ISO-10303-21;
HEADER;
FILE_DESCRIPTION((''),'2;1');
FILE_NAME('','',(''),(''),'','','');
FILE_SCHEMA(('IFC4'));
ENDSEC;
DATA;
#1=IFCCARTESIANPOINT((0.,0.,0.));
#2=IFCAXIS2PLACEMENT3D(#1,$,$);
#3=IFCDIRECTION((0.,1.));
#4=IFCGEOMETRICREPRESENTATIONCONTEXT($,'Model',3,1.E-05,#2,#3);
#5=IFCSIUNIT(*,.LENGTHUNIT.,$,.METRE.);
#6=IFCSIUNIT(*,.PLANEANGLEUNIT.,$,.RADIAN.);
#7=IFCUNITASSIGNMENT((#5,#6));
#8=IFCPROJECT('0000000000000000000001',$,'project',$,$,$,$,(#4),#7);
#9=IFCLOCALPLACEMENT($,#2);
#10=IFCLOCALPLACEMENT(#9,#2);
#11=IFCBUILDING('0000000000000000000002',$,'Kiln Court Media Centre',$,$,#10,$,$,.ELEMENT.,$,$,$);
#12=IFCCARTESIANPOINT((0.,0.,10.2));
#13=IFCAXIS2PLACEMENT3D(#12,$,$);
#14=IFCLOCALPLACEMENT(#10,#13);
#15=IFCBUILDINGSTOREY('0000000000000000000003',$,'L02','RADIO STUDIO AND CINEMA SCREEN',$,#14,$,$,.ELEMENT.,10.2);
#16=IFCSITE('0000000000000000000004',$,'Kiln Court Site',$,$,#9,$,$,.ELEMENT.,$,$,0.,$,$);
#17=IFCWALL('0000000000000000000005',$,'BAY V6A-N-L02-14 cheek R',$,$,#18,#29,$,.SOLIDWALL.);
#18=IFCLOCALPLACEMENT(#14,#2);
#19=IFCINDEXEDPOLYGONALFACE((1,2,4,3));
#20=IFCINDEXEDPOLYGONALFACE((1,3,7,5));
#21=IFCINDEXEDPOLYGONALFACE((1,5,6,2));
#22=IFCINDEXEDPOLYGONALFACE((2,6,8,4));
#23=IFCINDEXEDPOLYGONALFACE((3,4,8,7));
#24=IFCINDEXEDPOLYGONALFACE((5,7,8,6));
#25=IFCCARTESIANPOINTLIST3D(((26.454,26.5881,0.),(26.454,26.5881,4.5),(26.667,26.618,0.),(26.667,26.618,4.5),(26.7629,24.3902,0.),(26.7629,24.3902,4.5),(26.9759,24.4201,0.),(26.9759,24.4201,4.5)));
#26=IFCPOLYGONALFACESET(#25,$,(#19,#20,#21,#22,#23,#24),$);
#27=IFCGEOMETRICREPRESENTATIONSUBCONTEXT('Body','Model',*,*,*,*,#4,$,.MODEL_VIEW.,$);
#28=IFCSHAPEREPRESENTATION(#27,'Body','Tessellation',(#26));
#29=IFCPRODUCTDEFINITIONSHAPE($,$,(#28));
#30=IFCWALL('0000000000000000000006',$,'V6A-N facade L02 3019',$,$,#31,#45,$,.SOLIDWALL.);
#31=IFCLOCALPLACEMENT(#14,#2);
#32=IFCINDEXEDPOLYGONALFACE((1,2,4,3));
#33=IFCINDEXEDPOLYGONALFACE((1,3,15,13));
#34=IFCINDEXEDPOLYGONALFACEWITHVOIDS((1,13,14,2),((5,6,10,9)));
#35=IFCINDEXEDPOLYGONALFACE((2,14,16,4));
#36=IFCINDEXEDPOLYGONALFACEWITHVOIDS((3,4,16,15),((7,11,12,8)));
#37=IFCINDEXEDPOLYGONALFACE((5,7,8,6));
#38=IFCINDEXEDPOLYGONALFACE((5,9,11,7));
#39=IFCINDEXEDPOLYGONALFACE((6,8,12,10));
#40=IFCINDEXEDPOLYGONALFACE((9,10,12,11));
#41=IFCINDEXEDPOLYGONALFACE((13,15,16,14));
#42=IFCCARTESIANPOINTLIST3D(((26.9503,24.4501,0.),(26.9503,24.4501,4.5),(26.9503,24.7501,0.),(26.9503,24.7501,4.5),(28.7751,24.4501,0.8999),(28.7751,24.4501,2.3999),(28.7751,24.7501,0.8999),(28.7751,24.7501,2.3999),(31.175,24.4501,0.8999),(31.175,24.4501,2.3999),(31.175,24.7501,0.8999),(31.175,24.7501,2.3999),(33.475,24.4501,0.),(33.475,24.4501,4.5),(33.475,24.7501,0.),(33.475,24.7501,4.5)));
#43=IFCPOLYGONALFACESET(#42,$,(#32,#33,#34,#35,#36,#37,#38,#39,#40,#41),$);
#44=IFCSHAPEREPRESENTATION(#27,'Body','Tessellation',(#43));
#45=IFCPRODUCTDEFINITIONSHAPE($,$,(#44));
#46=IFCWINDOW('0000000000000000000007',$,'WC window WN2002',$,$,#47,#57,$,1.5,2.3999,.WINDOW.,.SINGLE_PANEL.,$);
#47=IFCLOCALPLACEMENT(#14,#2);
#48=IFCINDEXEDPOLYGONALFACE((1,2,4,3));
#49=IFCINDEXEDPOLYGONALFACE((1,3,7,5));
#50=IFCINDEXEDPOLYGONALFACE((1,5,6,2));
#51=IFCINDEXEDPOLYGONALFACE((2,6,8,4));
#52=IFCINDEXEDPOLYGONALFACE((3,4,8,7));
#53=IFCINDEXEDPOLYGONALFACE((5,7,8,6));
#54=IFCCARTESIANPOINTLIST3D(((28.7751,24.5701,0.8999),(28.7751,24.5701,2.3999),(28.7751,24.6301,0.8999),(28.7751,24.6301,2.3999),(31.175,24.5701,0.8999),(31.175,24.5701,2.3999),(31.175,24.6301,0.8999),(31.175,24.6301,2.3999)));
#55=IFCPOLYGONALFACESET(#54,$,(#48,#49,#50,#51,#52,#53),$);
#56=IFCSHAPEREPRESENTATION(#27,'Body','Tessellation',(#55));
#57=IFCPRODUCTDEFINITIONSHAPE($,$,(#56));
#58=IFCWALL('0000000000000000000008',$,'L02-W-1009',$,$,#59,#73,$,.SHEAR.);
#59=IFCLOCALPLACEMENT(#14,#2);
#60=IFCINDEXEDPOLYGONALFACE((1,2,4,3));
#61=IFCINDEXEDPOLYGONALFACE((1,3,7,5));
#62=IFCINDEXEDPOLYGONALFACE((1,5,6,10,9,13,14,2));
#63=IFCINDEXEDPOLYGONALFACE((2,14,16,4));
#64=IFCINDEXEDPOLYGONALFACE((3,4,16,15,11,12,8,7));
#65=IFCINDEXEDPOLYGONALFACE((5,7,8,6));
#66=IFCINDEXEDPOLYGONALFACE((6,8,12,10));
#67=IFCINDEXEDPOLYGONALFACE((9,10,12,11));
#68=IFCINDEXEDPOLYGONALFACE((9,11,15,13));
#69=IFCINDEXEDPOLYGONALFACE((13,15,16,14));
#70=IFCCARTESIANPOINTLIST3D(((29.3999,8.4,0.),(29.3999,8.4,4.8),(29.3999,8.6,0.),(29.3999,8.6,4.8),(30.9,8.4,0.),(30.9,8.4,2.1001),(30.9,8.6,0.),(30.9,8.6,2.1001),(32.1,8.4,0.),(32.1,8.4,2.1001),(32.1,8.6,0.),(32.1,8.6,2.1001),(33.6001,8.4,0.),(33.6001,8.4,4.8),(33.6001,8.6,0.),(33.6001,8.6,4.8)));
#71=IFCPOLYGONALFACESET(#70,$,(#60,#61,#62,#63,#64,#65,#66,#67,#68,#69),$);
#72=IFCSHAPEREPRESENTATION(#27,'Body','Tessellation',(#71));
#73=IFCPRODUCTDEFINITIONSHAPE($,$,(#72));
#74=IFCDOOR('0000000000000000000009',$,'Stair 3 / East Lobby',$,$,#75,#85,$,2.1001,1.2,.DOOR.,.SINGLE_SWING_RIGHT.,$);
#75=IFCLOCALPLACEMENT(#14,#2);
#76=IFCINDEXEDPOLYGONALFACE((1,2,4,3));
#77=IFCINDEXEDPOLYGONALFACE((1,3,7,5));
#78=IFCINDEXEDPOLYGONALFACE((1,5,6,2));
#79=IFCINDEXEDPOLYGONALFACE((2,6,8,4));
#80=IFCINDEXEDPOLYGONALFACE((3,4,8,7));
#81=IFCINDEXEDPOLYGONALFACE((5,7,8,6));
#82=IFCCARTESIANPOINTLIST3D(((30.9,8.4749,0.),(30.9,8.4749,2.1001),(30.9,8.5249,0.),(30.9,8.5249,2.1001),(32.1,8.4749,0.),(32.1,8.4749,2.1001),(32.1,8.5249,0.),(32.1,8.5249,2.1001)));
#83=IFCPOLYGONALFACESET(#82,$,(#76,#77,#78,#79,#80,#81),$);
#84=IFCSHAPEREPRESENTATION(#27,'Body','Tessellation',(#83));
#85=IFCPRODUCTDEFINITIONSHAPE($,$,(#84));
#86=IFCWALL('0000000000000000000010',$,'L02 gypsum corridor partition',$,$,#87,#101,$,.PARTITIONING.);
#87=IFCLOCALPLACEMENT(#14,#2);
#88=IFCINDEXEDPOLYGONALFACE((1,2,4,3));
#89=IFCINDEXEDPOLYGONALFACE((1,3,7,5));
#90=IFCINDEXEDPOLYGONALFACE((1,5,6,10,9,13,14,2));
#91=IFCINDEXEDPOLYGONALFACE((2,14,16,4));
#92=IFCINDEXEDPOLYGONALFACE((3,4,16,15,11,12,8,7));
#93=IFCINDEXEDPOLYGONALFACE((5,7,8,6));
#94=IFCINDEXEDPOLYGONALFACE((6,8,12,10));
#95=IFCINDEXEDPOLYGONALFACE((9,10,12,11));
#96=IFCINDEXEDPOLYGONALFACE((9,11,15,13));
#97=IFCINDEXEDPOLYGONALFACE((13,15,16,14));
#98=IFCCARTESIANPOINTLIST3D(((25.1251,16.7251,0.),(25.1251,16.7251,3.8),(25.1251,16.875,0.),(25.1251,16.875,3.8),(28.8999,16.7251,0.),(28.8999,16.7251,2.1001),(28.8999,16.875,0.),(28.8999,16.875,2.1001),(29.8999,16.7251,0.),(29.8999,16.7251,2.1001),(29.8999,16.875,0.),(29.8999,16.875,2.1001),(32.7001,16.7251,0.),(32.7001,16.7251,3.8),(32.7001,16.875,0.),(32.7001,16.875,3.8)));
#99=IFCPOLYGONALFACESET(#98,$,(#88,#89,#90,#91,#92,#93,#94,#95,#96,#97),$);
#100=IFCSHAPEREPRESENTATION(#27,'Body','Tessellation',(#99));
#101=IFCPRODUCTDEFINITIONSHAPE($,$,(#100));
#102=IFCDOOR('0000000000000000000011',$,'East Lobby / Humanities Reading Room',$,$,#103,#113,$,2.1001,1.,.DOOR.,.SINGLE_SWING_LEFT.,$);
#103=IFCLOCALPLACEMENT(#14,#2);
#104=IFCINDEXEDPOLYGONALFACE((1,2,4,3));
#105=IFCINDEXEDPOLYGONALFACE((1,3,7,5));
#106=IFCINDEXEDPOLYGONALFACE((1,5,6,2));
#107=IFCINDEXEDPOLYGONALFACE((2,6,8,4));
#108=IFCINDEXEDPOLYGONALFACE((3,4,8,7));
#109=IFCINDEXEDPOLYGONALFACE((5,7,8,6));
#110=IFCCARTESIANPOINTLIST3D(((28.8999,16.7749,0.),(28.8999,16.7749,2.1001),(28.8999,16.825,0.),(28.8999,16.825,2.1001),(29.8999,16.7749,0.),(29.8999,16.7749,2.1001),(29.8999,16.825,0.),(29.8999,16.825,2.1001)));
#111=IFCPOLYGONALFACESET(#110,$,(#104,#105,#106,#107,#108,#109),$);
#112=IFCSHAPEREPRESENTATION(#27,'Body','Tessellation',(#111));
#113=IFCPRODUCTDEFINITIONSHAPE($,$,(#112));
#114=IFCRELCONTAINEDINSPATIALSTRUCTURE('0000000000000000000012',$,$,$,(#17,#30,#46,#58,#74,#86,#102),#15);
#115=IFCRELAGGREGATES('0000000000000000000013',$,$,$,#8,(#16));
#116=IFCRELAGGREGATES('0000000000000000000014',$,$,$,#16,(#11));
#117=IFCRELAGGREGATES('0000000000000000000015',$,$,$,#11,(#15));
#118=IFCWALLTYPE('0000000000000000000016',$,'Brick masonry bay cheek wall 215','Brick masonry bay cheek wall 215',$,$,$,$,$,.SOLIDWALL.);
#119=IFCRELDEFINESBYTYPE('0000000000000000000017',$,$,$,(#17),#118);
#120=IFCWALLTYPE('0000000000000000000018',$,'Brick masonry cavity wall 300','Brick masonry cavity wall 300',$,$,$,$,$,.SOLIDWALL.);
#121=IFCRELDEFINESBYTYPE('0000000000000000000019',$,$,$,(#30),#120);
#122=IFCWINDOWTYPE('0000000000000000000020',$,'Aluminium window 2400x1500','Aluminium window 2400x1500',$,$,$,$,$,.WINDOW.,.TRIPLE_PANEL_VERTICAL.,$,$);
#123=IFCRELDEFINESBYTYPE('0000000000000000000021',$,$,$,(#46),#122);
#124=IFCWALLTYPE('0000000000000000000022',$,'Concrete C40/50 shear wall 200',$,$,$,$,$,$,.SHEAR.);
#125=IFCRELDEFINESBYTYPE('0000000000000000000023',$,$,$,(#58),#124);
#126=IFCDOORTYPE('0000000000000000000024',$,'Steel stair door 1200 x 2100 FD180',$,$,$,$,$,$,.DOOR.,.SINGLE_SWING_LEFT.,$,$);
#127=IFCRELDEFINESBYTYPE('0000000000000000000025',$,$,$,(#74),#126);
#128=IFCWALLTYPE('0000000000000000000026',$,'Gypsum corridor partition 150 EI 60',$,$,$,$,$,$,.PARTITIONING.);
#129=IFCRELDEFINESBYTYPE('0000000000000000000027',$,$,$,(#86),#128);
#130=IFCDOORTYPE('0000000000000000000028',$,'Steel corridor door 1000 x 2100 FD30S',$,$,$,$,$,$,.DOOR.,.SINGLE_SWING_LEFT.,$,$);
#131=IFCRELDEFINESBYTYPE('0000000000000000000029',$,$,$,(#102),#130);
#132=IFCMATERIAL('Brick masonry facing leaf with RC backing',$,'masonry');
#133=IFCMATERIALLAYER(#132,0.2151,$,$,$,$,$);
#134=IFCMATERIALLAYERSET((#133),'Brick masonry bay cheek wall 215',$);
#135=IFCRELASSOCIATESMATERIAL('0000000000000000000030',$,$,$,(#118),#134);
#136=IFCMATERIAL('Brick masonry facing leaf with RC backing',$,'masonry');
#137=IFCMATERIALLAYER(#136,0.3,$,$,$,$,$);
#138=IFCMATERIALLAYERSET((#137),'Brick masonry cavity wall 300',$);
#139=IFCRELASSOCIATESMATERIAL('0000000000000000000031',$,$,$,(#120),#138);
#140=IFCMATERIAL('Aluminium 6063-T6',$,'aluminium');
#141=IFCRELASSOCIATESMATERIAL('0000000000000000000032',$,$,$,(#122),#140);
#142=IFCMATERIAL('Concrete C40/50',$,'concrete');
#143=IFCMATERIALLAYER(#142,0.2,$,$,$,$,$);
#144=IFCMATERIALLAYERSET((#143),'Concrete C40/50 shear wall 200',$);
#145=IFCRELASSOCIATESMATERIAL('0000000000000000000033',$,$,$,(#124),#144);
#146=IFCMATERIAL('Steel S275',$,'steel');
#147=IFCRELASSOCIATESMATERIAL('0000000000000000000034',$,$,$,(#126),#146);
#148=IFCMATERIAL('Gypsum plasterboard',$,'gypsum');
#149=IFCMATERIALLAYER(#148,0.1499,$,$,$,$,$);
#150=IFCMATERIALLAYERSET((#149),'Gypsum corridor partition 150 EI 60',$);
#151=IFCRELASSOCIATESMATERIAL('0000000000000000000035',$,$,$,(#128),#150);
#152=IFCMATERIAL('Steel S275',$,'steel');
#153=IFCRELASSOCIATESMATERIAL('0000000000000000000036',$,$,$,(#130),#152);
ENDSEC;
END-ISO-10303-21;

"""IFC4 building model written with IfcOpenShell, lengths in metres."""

from ifc_helpers import new_model, si_unit, direction, frame, frame_2d, origin, place, context, subcontext, project, spatial, rectangle, extrude, material, layer, layer_set, type_object, element, fill, save


model = new_model("IFC4")

# Units and contexts
model_context = context("Model", 3, precision=1e-05, world=origin(), true_north=direction((0.0, 1.0)))
body_context = subcontext(model_context, "Body", "Model", "MODEL_VIEW")
ifc_project = project(units=[si_unit("LENGTHUNIT", "METRE"), si_unit("PLANEANGLEUNIT", "RADIAN")], contexts=[model_context])

# Site, building, storey
site_placement = place(None, origin())
site = spatial("IfcSite", under=ifc_project, at=site_placement, Name="Kiln Court Site", CompositionType="ELEMENT", RefElevation=0.0)
building_placement = place(site_placement, origin())
building = spatial("IfcBuilding", under=site, at=building_placement, Name="Kiln Court Media Centre", CompositionType="ELEMENT")
storey_placement = place(building_placement, frame((0.0, 0.0, 10.2)))
storey = spatial("IfcBuildingStorey", under=building, at=storey_placement, Name="L02", Description="RADIO STUDIO AND CINEMA SCREEN", CompositionType="ELEMENT", Elevation=10.2)

# Wall
ifc_material_1 = material(Name="Brick masonry facing leaf with RC backing", Category="masonry")
ifc_layer_1 = layer(ifc_material_1, 0.2151)
ifc_layer_set_1 = layer_set([ifc_layer_1], Name="Brick masonry bay cheek wall 215")
wall_type_1 = type_object("IfcWallType", Name="Brick masonry bay cheek wall 215", Description="Brick masonry bay cheek wall 215", PredefinedType="SOLIDWALL", material=ifc_layer_set_1)
wall_1_placement = place(storey_placement, frame((26.8694, 24.405, 0.0), z_axis=(0.0, 0.0, 1.0), x_axis=(-0.139142, 0.990272, 0.0)))
element("IfcWall", 1, at=wall_1_placement, inside=storey, type_object=wall_type_1, Name="BAY V6A-N-L02-14 cheek R", PredefinedType="SOLIDWALL", context=body_context, shape_type="SweptSolid", body=[
    extrude(rectangle(XDim=2.2195, YDim=0.2151, at=frame_2d((1.1099, 0.0))), origin(), (0.0, 0.0, 1.0), 4.5),
])

# Wall, opening, window
ifc_material_2 = material(Name="Brick masonry facing leaf with RC backing", Category="masonry")
ifc_layer_2 = layer(ifc_material_2, 0.3)
ifc_layer_set_2 = layer_set([ifc_layer_2], Name="Brick masonry cavity wall 300")
wall_type_2 = type_object("IfcWallType", Name="Brick masonry cavity wall 300", Description="Brick masonry cavity wall 300", PredefinedType="SOLIDWALL", material=ifc_layer_set_2)
wall_2_placement = place(storey_placement, frame((26.9504, 24.6001, 0.0), z_axis=(0.0, 0.0, 1.0), x_axis=(1.0, 0.0, 0.0)))
wall_2 = element("IfcWall", 2, at=wall_2_placement, inside=storey, type_object=wall_type_2, Name="V6A-N facade L02 3019", PredefinedType="SOLIDWALL", context=body_context, shape_type="SweptSolid", body=[
    extrude(rectangle(XDim=6.5247, YDim=0.3, at=frame_2d((3.2622, 0.0))), origin(), (0.0, 0.0, 1.0), 4.5),
])
opening_1_placement = place(wall_2_placement, frame((1.8247, 0.0, 0.8999)))
opening_1 = element("IfcOpeningElement", 3, at=opening_1_placement, cuts=wall_2, PredefinedType="OPENING", context=body_context, shape_type="SweptSolid", body=[
    extrude(rectangle(XDim=2.3999, YDim=1.5, at=frame_2d((1.2, 0.75))), frame((0.0, 0.1599, 0.0), z_axis=(0.0, -1.0, 0.0), x_axis=(1.0, 0.0, 0.0)), (0.0, 0.0, 1.0), 0.3201),
])
ifc_material_3 = material(Name="Aluminium 6063-T6", Category="aluminium")
window_type = type_object("IfcWindowType", Name="Aluminium window 2400x1500", Description="Aluminium window 2400x1500", PartitioningType="TRIPLE_PANEL_VERTICAL", PredefinedType="WINDOW", material=ifc_material_3)
window_placement = place(opening_1_placement, origin())
window = element("IfcWindow", 4, at=window_placement, inside=storey, type_object=window_type, Name="WC window WN2002", OverallHeight=1.5, OverallWidth=2.3999, PartitioningType="SINGLE_PANEL", PredefinedType="WINDOW", context=body_context, shape_type="SweptSolid", body=[
    extrude(rectangle(XDim=2.3999, YDim=1.5, at=frame_2d((1.2, 0.75))), frame((0.0, 0.03, 0.0), z_axis=(0.0, -1.0, 0.0), x_axis=(1.0, 0.0, 0.0)), (0.0, 0.0, 1.0), 0.0601),
])
fill(opening_1, window)

# Walls, openings, doors
ifc_material_4 = material(Name="Concrete C40/50", Category="concrete")
ifc_layer_3 = layer(ifc_material_4, 0.2)
ifc_layer_set_3 = layer_set([ifc_layer_3], Name="Concrete C40/50 shear wall 200")
wall_type_3 = type_object("IfcWallType", Name="Concrete C40/50 shear wall 200", PredefinedType="SHEAR", material=ifc_layer_set_3)
wall_3_placement = place(storey_placement, frame((29.3999, 8.5, 0.0), z_axis=(0.0, 0.0, 1.0), x_axis=(1.0, 0.0, 0.0)))
wall_3 = element("IfcWall", 5, at=wall_3_placement, inside=storey, type_object=wall_type_3, Name="L02-W-1009", PredefinedType="SHEAR", context=body_context, shape_type="SweptSolid", body=[
    extrude(rectangle(XDim=4.2002, YDim=0.2, at=frame_2d((2.1001, 0.0))), origin(), (0.0, 0.0, 1.0), 4.8),
])
opening_2_placement = place(wall_3_placement, frame((1.5, 0.0, 0.0)))
opening_2 = element("IfcOpeningElement", 6, at=opening_2_placement, cuts=wall_3, PredefinedType="OPENING", context=body_context, shape_type="SweptSolid", body=[
    extrude(rectangle(XDim=1.2, YDim=2.1001, at=frame_2d((0.6001, 1.05))), frame((0.0, 0.1099, 0.0), z_axis=(0.0, -1.0, 0.0), x_axis=(1.0, 0.0, 0.0)), (0.0, 0.0, 1.0), 0.22),
])
ifc_material_5 = material(Name="Steel S275", Category="steel")
door_type_1 = type_object("IfcDoorType", Name="Steel stair door 1200 x 2100 FD180", OperationType="SINGLE_SWING_LEFT", PredefinedType="DOOR", material=ifc_material_5)
door_1_placement = place(opening_2_placement, origin())
door_1 = element("IfcDoor", 7, at=door_1_placement, inside=storey, type_object=door_type_1, Name="Stair 3 / East Lobby", OperationType="SINGLE_SWING_RIGHT", OverallHeight=2.1001, OverallWidth=1.2, PredefinedType="DOOR", context=body_context, shape_type="SweptSolid", body=[
    extrude(rectangle(XDim=1.2, YDim=2.1001, at=frame_2d((0.6001, 1.05))), frame((0.0, 0.0249, 0.0), z_axis=(0.0, -1.0, 0.0), x_axis=(1.0, 0.0, 0.0)), (0.0, 0.0, 1.0), 0.05),
])
fill(opening_2, door_1)
ifc_material_6 = material(Name="Gypsum plasterboard", Category="gypsum")
ifc_layer_4 = layer(ifc_material_6, 0.1499)
ifc_layer_set_4 = layer_set([ifc_layer_4], Name="Gypsum corridor partition 150 EI 60")
wall_type_4 = type_object("IfcWallType", Name="Gypsum corridor partition 150 EI 60", PredefinedType="PARTITIONING", material=ifc_layer_set_4)
wall_4_placement = place(storey_placement, frame((25.125, 16.8, 0.0), z_axis=(0.0, 0.0, 1.0), x_axis=(1.0, 0.0, 0.0)))
wall_4 = element("IfcWall", 8, at=wall_4_placement, inside=storey, type_object=wall_type_4, Name="L02 gypsum corridor partition", PredefinedType="PARTITIONING", context=body_context, shape_type="SweptSolid", body=[
    extrude(rectangle(XDim=7.575, YDim=0.1499, at=frame_2d((3.7876, 0.0))), origin(), (0.0, 0.0, 1.0), 3.8),
])
opening_3_placement = place(wall_4_placement, frame((3.7749, 0.0, 0.0)))
opening_3 = element("IfcOpeningElement", 9, at=opening_3_placement, cuts=wall_4, PredefinedType="OPENING", context=body_context, shape_type="SweptSolid", body=[
    extrude(rectangle(XDim=1.0, YDim=2.1001, at=frame_2d((0.5, 1.05))), frame((0.0, 0.085, 0.0), z_axis=(0.0, -1.0, 0.0), x_axis=(1.0, 0.0, 0.0)), (0.0, 0.0, 1.0), 0.1699),
])
ifc_material_7 = material(Name="Steel S275", Category="steel")
door_type_2 = type_object("IfcDoorType", Name="Steel corridor door 1000 x 2100 FD30S", OperationType="SINGLE_SWING_LEFT", PredefinedType="DOOR", material=ifc_material_7)
door_2_placement = place(opening_3_placement, origin())
door_2 = element("IfcDoor", 10, at=door_2_placement, inside=storey, type_object=door_type_2, Name="East Lobby / Humanities Reading Room", OperationType="SINGLE_SWING_LEFT", OverallHeight=2.1001, OverallWidth=1.0, PredefinedType="DOOR", context=body_context, shape_type="SweptSolid", body=[
    extrude(rectangle(XDim=1.0, YDim=2.1001, at=frame_2d((0.5, 1.05))), frame((0.0, 0.0249, 0.0), z_axis=(0.0, -1.0, 0.0), x_axis=(1.0, 0.0, 0.0)), (0.0, 0.0, 1.0), 0.05),
])
fill(opening_3, door_2)

save(model, "model.ifc")
